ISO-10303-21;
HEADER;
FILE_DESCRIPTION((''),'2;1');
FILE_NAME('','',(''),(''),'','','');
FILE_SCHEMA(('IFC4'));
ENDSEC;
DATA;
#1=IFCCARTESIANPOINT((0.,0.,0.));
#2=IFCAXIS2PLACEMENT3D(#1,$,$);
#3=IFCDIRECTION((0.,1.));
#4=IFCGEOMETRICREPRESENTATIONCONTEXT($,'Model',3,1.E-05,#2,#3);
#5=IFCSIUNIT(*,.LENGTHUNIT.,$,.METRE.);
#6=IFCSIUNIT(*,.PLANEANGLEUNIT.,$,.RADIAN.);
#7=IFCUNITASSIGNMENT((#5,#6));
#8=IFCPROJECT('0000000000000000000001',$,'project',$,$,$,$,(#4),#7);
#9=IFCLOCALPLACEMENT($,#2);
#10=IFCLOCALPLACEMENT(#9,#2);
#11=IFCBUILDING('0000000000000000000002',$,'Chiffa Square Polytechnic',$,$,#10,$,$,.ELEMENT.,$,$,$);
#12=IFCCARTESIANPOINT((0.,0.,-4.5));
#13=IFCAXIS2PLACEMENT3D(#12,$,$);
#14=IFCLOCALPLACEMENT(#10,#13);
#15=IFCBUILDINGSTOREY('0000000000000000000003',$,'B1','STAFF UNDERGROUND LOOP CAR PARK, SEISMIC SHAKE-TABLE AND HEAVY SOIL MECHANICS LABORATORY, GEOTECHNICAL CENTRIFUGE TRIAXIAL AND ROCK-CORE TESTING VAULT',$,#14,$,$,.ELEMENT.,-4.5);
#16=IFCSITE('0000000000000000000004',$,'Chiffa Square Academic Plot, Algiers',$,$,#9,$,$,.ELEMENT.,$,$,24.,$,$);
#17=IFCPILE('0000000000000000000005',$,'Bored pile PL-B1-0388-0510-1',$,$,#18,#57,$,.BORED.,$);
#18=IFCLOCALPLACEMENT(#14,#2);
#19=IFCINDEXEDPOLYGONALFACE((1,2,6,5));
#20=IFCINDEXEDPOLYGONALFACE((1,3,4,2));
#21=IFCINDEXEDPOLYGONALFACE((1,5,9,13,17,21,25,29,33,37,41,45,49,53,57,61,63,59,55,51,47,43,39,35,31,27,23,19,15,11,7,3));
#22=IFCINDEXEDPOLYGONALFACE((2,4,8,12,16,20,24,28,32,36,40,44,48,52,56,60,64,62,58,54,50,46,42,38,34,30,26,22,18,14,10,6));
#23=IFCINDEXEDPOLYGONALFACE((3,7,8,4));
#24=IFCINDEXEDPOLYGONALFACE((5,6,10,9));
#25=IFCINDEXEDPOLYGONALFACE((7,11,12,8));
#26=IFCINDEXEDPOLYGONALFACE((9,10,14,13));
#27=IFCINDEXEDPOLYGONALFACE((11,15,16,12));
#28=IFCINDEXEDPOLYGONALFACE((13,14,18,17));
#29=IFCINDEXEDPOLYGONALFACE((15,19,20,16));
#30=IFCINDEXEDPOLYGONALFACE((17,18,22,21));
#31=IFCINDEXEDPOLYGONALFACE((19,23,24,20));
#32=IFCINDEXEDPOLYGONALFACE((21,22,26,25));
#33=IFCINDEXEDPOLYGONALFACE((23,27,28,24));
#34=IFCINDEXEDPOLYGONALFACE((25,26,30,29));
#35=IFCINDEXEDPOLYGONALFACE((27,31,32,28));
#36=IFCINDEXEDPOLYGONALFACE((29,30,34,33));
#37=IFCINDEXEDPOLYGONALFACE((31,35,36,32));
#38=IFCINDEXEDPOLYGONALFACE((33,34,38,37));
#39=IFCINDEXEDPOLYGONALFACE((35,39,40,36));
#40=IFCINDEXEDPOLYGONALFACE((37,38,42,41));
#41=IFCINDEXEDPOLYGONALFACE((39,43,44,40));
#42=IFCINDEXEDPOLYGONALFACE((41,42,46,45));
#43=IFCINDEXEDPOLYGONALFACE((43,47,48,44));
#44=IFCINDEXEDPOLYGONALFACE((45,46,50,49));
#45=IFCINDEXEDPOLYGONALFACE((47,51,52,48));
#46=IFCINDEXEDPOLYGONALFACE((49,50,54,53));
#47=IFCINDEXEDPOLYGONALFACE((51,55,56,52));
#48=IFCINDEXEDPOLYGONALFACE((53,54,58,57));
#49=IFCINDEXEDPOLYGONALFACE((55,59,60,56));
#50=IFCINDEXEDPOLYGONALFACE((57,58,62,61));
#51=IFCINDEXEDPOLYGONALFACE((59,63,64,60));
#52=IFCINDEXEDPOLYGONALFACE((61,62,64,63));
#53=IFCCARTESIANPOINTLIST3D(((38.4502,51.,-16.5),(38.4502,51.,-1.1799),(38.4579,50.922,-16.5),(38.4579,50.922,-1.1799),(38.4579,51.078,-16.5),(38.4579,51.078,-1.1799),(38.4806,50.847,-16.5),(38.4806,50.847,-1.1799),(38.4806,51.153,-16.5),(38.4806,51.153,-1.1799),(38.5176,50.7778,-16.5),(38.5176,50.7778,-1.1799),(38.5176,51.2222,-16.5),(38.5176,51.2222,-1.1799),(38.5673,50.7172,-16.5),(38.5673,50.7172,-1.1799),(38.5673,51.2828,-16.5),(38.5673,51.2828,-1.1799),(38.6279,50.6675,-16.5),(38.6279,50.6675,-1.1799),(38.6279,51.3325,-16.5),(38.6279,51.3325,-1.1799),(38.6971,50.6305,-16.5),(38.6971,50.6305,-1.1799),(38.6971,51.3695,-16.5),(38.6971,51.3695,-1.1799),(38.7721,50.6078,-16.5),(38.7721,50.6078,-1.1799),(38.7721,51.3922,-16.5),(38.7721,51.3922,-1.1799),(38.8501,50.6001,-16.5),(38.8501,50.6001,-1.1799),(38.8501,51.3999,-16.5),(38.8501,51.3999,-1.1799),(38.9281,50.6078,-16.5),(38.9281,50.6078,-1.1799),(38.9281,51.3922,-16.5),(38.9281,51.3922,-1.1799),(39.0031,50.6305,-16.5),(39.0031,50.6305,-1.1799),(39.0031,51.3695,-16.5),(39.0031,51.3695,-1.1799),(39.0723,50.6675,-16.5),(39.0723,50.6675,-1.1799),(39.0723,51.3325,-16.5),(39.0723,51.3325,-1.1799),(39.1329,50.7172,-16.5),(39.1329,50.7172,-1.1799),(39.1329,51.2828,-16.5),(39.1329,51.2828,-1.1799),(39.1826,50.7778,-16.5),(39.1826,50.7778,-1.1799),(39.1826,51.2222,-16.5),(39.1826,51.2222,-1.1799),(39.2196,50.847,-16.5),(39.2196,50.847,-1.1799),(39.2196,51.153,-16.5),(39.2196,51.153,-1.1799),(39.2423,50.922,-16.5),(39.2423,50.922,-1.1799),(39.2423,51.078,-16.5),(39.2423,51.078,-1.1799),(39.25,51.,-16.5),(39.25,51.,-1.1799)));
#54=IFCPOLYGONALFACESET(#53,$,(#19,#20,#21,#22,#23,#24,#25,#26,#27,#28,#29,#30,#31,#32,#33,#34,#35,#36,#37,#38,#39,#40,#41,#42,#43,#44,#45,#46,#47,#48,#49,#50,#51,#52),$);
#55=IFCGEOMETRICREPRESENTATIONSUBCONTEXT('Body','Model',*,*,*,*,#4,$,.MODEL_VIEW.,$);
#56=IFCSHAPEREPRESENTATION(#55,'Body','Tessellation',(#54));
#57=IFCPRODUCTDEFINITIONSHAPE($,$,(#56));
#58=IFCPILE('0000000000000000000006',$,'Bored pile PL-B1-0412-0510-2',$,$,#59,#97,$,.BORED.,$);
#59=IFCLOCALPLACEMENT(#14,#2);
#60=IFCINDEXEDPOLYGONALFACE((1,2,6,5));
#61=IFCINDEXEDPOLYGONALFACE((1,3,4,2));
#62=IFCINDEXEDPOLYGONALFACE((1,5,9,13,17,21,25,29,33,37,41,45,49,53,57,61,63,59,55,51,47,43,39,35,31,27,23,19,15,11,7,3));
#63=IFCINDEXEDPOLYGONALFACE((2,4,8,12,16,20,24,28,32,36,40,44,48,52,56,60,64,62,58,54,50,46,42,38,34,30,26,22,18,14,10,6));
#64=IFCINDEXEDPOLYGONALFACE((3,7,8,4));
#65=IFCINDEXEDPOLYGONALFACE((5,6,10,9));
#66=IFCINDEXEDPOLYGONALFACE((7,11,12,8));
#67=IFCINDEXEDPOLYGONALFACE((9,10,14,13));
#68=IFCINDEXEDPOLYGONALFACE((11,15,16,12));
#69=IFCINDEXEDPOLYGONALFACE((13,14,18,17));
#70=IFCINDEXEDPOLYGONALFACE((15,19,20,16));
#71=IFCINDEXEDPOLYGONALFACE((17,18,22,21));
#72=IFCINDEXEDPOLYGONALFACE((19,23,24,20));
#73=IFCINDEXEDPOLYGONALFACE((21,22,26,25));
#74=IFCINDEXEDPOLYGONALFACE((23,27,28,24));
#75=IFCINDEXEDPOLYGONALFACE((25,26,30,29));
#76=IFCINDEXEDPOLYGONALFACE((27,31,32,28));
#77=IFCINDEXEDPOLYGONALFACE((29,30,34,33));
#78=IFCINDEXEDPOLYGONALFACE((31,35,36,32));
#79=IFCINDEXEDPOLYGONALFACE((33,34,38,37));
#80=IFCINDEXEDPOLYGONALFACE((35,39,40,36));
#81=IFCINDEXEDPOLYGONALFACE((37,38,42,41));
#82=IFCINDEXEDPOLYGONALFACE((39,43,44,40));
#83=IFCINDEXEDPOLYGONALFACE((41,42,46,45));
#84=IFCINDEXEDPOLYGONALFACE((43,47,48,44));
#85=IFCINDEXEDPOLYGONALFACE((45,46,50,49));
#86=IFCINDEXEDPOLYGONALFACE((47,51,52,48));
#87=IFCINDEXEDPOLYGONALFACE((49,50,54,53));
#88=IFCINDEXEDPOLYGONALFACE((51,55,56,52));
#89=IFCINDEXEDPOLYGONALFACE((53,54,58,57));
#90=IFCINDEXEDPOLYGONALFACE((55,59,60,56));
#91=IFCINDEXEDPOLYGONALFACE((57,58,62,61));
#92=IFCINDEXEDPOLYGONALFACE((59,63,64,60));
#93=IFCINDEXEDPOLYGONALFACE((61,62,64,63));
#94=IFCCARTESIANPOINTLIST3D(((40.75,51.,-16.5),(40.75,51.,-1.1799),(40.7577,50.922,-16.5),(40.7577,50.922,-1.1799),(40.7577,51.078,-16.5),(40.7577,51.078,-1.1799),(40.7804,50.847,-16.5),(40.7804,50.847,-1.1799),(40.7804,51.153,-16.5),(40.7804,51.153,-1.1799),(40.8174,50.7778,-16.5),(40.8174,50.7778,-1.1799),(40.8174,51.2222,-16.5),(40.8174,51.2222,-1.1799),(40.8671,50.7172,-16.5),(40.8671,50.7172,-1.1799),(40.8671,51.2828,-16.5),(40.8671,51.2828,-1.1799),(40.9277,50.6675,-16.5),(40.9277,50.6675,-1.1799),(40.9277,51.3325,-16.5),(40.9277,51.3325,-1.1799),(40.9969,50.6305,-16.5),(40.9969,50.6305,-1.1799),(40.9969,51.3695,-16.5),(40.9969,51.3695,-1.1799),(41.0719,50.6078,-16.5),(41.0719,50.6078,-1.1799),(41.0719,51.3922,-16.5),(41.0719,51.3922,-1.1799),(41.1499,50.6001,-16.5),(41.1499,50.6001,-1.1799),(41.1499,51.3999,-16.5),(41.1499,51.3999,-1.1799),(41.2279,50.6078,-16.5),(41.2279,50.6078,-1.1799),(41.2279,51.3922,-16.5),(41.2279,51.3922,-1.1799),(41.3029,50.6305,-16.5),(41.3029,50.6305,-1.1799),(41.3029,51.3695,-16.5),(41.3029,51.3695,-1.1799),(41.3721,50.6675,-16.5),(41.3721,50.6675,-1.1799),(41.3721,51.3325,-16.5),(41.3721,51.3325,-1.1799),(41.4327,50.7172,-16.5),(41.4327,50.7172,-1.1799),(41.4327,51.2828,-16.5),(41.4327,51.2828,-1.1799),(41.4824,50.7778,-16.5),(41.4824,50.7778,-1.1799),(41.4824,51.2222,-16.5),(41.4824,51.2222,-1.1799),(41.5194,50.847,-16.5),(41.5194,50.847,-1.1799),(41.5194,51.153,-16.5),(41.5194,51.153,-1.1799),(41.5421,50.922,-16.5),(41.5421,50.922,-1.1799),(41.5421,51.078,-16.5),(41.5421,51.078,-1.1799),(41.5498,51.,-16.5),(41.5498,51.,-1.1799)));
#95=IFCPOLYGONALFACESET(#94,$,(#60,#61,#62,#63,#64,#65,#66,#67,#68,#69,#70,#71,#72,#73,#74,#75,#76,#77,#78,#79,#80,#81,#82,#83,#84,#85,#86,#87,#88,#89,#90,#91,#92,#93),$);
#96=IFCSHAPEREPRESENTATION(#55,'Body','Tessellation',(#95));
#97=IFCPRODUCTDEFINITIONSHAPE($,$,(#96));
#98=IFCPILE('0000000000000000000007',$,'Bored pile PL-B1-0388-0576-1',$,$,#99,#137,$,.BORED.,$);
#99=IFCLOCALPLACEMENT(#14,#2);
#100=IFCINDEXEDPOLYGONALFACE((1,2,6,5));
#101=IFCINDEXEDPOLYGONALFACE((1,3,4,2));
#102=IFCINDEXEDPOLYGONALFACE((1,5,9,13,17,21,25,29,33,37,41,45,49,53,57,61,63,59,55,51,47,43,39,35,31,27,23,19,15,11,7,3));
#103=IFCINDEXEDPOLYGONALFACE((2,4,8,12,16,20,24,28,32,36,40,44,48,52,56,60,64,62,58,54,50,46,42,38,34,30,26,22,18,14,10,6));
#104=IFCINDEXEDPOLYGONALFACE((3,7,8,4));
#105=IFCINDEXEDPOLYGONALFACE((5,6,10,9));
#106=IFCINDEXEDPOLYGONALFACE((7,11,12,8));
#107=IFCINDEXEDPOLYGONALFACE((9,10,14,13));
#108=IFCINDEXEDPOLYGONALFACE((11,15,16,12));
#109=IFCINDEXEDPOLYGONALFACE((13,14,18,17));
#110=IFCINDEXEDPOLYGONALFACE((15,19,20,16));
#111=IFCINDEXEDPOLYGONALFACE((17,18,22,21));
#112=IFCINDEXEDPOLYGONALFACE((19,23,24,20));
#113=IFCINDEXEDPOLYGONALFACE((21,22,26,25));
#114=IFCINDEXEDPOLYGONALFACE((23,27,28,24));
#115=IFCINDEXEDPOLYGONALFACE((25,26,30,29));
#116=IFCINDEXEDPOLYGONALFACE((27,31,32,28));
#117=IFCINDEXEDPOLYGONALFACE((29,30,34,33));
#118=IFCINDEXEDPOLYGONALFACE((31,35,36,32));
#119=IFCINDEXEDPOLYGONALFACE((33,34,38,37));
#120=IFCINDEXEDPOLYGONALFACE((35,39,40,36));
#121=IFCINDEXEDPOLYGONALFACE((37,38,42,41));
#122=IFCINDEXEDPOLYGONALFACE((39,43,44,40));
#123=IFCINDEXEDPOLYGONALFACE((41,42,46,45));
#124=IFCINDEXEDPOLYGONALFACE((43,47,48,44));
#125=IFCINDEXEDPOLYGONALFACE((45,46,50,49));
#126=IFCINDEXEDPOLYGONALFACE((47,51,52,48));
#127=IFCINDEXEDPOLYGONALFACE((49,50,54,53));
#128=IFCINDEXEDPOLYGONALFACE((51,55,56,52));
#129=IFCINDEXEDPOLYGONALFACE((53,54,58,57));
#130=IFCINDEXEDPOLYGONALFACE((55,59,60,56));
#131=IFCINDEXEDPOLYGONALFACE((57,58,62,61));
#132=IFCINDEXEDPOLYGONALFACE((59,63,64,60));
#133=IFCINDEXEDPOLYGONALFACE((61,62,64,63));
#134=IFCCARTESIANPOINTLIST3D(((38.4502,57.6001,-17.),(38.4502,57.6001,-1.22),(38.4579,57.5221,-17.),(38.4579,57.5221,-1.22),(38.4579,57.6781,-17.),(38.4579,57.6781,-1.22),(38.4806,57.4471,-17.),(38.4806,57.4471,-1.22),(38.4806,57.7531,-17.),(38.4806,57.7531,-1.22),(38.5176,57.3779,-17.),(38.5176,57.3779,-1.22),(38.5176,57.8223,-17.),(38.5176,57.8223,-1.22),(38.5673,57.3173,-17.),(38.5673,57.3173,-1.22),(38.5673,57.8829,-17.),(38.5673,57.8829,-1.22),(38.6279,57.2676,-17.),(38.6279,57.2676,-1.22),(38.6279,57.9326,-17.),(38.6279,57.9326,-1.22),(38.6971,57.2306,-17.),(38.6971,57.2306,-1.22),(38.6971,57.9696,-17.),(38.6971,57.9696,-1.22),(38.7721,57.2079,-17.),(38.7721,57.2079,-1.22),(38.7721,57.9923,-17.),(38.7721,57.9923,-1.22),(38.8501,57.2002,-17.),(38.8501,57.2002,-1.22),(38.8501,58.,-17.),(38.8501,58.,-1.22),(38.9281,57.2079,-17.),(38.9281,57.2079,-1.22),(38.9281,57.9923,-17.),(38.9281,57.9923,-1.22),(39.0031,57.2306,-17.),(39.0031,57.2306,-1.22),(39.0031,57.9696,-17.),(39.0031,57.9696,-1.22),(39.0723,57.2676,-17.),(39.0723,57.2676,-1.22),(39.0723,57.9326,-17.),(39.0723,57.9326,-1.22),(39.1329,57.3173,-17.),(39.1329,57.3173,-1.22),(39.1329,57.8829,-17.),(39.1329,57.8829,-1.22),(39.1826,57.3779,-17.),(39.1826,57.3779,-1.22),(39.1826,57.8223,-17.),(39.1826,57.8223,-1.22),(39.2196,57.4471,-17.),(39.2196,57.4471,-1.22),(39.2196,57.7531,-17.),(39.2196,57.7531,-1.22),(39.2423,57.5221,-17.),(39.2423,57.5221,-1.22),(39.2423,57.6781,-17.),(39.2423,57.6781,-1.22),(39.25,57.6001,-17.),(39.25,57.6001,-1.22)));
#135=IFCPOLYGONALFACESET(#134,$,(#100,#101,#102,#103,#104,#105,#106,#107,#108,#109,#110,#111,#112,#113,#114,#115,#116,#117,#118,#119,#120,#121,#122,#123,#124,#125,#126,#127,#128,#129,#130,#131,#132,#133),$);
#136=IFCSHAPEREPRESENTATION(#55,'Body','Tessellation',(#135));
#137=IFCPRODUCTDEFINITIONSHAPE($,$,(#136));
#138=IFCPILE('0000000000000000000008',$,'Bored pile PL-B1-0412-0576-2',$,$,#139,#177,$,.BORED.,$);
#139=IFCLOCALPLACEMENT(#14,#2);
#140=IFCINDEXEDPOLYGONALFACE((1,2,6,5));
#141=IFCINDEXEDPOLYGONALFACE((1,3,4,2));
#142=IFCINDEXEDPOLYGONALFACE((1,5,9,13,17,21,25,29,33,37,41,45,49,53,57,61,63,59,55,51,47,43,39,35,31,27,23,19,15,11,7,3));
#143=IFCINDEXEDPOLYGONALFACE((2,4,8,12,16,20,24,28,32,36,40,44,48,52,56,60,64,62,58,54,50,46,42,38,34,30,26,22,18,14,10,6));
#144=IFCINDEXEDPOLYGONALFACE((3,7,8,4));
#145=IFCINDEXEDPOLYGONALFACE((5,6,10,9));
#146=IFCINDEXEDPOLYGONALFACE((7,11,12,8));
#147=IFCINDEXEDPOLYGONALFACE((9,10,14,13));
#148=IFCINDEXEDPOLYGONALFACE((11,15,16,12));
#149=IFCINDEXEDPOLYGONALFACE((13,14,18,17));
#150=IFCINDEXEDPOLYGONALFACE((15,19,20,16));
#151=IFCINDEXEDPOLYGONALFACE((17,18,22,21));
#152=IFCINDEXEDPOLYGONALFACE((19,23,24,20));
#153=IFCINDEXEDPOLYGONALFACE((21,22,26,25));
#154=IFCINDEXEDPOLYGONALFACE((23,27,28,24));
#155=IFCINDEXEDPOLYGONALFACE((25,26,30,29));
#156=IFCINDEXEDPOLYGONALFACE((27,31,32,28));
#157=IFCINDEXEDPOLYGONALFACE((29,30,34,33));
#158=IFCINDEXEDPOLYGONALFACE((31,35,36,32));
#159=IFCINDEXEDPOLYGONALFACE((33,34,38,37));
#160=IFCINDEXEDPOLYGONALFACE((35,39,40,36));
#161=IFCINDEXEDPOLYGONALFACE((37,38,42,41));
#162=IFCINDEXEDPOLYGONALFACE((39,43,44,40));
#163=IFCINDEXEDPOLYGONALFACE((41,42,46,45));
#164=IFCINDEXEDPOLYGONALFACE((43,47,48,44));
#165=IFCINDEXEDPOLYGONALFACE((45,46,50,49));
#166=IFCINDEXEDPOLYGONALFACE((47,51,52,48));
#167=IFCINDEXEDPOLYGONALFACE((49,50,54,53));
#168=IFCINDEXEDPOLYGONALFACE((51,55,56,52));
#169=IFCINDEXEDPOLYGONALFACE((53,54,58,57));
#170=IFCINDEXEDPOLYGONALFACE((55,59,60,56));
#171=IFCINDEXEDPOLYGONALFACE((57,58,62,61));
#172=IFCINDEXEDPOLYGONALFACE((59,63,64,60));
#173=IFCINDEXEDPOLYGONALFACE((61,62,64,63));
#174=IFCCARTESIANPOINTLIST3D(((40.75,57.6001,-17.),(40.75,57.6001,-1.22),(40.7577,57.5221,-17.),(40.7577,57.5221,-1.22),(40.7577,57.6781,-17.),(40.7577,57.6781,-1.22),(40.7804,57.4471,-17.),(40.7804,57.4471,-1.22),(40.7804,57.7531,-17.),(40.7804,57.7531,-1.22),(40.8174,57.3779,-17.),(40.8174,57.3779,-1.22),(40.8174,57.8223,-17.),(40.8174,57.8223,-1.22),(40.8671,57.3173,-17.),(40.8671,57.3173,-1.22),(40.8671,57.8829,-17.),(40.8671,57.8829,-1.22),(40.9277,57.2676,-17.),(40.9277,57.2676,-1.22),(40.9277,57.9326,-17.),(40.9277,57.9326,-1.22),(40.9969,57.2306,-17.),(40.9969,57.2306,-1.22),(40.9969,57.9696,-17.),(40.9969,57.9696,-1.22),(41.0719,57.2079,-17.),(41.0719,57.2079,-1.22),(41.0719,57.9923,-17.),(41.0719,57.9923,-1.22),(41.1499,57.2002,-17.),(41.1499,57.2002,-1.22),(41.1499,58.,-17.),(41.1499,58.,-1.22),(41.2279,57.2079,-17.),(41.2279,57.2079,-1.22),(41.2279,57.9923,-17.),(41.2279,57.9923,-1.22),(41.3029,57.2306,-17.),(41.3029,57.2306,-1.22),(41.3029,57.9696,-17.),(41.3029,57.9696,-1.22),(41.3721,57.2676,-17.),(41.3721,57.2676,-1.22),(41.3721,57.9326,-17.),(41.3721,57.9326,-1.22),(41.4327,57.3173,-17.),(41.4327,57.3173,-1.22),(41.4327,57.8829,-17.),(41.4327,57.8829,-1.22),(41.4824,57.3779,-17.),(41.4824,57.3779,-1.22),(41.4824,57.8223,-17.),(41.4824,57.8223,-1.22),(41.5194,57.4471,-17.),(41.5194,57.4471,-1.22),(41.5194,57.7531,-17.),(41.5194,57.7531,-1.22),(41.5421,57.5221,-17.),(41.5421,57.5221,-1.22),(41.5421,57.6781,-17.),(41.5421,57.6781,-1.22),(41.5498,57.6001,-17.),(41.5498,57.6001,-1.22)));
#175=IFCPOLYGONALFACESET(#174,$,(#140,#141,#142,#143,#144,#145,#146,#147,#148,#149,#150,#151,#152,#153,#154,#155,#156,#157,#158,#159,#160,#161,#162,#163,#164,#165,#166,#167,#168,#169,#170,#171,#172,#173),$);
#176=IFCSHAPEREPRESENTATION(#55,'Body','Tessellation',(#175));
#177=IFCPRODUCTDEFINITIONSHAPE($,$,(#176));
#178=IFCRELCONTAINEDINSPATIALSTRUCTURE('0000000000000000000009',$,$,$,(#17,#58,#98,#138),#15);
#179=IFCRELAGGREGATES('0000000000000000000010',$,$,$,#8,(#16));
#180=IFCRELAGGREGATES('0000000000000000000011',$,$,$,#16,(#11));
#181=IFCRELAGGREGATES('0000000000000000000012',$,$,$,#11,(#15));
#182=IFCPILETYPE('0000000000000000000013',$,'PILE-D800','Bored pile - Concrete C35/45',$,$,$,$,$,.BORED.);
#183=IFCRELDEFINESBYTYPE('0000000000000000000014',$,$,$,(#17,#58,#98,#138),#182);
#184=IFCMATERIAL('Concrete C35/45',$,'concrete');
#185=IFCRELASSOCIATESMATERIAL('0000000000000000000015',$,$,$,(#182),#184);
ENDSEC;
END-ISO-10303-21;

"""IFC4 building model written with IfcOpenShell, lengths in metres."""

from ifc_helpers import new_model, si_unit, direction, frame, origin, origin_2d, place, context, subcontext, project, spatial, circle, extrude, material, material_profile, profile_set, type_object, element, save


model = new_model("IFC4")

# Units and contexts
model_context = context("Model", 3, precision=1e-05, world=origin(), true_north=direction((0.0, 1.0)))
body_context = subcontext(model_context, "Body", "Model", "MODEL_VIEW")
ifc_project = project(units=[si_unit("LENGTHUNIT", "METRE"), si_unit("PLANEANGLEUNIT", "RADIAN")], contexts=[model_context])

# Site, building, storey
site_placement = place(None, origin())
site = spatial("IfcSite", under=ifc_project, at=site_placement, Name="Chiffa Square Academic Plot, Algiers", CompositionType="ELEMENT", RefElevation=24.0)
building_placement = place(site_placement, origin())
building = spatial("IfcBuilding", under=site, at=building_placement, Name="Chiffa Square Polytechnic", CompositionType="ELEMENT")
storey_placement = place(building_placement, frame((0.0, 0.0, -4.5)))
storey = spatial("IfcBuildingStorey", under=building, at=storey_placement, Name="B1", Description="STAFF UNDERGROUND LOOP CAR PARK, SEISMIC SHAKE-TABLE AND HEAVY SOIL MECHANICS LABORATORY, GEOTECHNICAL CENTRIFUGE TRIAXIAL AND ROCK-CORE TESTING VAULT", CompositionType="ELEMENT", Elevation=-4.5)

# Shared definitions
ifc_material = material(Name="Concrete C35/45", Category="concrete")

# Piles
ifc_material_profile_1 = material_profile(ifc_material, circle(Radius=0.3999, at=origin_2d()), Name="PILE D800")
ifc_profile_set_1 = profile_set([ifc_material_profile_1], Name="Concrete C35/45")
pile_type_1 = type_object("IfcPileType", Name="PILE-D800", Description="Bored pile - Concrete C35/45", PredefinedType="BORED", material=ifc_profile_set_1)
for number, where, z_axis, x_axis, name in (
    (1, (38.8501, 51.0, -1.1799), (0.0, 0.0, -1.0), (1.0, 0.0, 0.0), "Bored pile PL-B1-0388-0510-1"),
    (2, (41.1499, 51.0, -1.1799), (0.0, 0.0, -1.0), (1.0, 0.0, 0.0), "Bored pile PL-B1-0412-0510-2"),
):
    element("IfcPile", number, at=place(storey_placement, frame(where, z_axis=z_axis, x_axis=x_axis)), inside=storey, type_object=pile_type_1, Name=name, PredefinedType="BORED", context=body_context, shape_type="SweptSolid", body=[
        extrude(circle(Radius=0.3999, at=origin_2d()), origin(), (0.0, 0.0, 1.0), 15.3201),
    ])
for number, where, z_axis, x_axis, name in (
    (3, (38.8501, 57.6001, -1.22), (0.0, 0.0, -1.0), (1.0, 0.0, 0.0), "Bored pile PL-B1-0388-0576-1"),
    (4, (41.1499, 57.6001, -1.22), (0.0, 0.0, -1.0), (1.0, 0.0, 0.0), "Bored pile PL-B1-0412-0576-2"),
):
    element("IfcPile", number, at=place(storey_placement, frame(where, z_axis=z_axis, x_axis=x_axis)), inside=storey, type_object=pile_type_1, Name=name, PredefinedType="BORED", context=body_context, shape_type="SweptSolid", body=[
        extrude(circle(Radius=0.3999, at=origin_2d()), origin(), (0.0, 0.0, 1.0), 15.78),
    ])

save(model, "model.ifc")
